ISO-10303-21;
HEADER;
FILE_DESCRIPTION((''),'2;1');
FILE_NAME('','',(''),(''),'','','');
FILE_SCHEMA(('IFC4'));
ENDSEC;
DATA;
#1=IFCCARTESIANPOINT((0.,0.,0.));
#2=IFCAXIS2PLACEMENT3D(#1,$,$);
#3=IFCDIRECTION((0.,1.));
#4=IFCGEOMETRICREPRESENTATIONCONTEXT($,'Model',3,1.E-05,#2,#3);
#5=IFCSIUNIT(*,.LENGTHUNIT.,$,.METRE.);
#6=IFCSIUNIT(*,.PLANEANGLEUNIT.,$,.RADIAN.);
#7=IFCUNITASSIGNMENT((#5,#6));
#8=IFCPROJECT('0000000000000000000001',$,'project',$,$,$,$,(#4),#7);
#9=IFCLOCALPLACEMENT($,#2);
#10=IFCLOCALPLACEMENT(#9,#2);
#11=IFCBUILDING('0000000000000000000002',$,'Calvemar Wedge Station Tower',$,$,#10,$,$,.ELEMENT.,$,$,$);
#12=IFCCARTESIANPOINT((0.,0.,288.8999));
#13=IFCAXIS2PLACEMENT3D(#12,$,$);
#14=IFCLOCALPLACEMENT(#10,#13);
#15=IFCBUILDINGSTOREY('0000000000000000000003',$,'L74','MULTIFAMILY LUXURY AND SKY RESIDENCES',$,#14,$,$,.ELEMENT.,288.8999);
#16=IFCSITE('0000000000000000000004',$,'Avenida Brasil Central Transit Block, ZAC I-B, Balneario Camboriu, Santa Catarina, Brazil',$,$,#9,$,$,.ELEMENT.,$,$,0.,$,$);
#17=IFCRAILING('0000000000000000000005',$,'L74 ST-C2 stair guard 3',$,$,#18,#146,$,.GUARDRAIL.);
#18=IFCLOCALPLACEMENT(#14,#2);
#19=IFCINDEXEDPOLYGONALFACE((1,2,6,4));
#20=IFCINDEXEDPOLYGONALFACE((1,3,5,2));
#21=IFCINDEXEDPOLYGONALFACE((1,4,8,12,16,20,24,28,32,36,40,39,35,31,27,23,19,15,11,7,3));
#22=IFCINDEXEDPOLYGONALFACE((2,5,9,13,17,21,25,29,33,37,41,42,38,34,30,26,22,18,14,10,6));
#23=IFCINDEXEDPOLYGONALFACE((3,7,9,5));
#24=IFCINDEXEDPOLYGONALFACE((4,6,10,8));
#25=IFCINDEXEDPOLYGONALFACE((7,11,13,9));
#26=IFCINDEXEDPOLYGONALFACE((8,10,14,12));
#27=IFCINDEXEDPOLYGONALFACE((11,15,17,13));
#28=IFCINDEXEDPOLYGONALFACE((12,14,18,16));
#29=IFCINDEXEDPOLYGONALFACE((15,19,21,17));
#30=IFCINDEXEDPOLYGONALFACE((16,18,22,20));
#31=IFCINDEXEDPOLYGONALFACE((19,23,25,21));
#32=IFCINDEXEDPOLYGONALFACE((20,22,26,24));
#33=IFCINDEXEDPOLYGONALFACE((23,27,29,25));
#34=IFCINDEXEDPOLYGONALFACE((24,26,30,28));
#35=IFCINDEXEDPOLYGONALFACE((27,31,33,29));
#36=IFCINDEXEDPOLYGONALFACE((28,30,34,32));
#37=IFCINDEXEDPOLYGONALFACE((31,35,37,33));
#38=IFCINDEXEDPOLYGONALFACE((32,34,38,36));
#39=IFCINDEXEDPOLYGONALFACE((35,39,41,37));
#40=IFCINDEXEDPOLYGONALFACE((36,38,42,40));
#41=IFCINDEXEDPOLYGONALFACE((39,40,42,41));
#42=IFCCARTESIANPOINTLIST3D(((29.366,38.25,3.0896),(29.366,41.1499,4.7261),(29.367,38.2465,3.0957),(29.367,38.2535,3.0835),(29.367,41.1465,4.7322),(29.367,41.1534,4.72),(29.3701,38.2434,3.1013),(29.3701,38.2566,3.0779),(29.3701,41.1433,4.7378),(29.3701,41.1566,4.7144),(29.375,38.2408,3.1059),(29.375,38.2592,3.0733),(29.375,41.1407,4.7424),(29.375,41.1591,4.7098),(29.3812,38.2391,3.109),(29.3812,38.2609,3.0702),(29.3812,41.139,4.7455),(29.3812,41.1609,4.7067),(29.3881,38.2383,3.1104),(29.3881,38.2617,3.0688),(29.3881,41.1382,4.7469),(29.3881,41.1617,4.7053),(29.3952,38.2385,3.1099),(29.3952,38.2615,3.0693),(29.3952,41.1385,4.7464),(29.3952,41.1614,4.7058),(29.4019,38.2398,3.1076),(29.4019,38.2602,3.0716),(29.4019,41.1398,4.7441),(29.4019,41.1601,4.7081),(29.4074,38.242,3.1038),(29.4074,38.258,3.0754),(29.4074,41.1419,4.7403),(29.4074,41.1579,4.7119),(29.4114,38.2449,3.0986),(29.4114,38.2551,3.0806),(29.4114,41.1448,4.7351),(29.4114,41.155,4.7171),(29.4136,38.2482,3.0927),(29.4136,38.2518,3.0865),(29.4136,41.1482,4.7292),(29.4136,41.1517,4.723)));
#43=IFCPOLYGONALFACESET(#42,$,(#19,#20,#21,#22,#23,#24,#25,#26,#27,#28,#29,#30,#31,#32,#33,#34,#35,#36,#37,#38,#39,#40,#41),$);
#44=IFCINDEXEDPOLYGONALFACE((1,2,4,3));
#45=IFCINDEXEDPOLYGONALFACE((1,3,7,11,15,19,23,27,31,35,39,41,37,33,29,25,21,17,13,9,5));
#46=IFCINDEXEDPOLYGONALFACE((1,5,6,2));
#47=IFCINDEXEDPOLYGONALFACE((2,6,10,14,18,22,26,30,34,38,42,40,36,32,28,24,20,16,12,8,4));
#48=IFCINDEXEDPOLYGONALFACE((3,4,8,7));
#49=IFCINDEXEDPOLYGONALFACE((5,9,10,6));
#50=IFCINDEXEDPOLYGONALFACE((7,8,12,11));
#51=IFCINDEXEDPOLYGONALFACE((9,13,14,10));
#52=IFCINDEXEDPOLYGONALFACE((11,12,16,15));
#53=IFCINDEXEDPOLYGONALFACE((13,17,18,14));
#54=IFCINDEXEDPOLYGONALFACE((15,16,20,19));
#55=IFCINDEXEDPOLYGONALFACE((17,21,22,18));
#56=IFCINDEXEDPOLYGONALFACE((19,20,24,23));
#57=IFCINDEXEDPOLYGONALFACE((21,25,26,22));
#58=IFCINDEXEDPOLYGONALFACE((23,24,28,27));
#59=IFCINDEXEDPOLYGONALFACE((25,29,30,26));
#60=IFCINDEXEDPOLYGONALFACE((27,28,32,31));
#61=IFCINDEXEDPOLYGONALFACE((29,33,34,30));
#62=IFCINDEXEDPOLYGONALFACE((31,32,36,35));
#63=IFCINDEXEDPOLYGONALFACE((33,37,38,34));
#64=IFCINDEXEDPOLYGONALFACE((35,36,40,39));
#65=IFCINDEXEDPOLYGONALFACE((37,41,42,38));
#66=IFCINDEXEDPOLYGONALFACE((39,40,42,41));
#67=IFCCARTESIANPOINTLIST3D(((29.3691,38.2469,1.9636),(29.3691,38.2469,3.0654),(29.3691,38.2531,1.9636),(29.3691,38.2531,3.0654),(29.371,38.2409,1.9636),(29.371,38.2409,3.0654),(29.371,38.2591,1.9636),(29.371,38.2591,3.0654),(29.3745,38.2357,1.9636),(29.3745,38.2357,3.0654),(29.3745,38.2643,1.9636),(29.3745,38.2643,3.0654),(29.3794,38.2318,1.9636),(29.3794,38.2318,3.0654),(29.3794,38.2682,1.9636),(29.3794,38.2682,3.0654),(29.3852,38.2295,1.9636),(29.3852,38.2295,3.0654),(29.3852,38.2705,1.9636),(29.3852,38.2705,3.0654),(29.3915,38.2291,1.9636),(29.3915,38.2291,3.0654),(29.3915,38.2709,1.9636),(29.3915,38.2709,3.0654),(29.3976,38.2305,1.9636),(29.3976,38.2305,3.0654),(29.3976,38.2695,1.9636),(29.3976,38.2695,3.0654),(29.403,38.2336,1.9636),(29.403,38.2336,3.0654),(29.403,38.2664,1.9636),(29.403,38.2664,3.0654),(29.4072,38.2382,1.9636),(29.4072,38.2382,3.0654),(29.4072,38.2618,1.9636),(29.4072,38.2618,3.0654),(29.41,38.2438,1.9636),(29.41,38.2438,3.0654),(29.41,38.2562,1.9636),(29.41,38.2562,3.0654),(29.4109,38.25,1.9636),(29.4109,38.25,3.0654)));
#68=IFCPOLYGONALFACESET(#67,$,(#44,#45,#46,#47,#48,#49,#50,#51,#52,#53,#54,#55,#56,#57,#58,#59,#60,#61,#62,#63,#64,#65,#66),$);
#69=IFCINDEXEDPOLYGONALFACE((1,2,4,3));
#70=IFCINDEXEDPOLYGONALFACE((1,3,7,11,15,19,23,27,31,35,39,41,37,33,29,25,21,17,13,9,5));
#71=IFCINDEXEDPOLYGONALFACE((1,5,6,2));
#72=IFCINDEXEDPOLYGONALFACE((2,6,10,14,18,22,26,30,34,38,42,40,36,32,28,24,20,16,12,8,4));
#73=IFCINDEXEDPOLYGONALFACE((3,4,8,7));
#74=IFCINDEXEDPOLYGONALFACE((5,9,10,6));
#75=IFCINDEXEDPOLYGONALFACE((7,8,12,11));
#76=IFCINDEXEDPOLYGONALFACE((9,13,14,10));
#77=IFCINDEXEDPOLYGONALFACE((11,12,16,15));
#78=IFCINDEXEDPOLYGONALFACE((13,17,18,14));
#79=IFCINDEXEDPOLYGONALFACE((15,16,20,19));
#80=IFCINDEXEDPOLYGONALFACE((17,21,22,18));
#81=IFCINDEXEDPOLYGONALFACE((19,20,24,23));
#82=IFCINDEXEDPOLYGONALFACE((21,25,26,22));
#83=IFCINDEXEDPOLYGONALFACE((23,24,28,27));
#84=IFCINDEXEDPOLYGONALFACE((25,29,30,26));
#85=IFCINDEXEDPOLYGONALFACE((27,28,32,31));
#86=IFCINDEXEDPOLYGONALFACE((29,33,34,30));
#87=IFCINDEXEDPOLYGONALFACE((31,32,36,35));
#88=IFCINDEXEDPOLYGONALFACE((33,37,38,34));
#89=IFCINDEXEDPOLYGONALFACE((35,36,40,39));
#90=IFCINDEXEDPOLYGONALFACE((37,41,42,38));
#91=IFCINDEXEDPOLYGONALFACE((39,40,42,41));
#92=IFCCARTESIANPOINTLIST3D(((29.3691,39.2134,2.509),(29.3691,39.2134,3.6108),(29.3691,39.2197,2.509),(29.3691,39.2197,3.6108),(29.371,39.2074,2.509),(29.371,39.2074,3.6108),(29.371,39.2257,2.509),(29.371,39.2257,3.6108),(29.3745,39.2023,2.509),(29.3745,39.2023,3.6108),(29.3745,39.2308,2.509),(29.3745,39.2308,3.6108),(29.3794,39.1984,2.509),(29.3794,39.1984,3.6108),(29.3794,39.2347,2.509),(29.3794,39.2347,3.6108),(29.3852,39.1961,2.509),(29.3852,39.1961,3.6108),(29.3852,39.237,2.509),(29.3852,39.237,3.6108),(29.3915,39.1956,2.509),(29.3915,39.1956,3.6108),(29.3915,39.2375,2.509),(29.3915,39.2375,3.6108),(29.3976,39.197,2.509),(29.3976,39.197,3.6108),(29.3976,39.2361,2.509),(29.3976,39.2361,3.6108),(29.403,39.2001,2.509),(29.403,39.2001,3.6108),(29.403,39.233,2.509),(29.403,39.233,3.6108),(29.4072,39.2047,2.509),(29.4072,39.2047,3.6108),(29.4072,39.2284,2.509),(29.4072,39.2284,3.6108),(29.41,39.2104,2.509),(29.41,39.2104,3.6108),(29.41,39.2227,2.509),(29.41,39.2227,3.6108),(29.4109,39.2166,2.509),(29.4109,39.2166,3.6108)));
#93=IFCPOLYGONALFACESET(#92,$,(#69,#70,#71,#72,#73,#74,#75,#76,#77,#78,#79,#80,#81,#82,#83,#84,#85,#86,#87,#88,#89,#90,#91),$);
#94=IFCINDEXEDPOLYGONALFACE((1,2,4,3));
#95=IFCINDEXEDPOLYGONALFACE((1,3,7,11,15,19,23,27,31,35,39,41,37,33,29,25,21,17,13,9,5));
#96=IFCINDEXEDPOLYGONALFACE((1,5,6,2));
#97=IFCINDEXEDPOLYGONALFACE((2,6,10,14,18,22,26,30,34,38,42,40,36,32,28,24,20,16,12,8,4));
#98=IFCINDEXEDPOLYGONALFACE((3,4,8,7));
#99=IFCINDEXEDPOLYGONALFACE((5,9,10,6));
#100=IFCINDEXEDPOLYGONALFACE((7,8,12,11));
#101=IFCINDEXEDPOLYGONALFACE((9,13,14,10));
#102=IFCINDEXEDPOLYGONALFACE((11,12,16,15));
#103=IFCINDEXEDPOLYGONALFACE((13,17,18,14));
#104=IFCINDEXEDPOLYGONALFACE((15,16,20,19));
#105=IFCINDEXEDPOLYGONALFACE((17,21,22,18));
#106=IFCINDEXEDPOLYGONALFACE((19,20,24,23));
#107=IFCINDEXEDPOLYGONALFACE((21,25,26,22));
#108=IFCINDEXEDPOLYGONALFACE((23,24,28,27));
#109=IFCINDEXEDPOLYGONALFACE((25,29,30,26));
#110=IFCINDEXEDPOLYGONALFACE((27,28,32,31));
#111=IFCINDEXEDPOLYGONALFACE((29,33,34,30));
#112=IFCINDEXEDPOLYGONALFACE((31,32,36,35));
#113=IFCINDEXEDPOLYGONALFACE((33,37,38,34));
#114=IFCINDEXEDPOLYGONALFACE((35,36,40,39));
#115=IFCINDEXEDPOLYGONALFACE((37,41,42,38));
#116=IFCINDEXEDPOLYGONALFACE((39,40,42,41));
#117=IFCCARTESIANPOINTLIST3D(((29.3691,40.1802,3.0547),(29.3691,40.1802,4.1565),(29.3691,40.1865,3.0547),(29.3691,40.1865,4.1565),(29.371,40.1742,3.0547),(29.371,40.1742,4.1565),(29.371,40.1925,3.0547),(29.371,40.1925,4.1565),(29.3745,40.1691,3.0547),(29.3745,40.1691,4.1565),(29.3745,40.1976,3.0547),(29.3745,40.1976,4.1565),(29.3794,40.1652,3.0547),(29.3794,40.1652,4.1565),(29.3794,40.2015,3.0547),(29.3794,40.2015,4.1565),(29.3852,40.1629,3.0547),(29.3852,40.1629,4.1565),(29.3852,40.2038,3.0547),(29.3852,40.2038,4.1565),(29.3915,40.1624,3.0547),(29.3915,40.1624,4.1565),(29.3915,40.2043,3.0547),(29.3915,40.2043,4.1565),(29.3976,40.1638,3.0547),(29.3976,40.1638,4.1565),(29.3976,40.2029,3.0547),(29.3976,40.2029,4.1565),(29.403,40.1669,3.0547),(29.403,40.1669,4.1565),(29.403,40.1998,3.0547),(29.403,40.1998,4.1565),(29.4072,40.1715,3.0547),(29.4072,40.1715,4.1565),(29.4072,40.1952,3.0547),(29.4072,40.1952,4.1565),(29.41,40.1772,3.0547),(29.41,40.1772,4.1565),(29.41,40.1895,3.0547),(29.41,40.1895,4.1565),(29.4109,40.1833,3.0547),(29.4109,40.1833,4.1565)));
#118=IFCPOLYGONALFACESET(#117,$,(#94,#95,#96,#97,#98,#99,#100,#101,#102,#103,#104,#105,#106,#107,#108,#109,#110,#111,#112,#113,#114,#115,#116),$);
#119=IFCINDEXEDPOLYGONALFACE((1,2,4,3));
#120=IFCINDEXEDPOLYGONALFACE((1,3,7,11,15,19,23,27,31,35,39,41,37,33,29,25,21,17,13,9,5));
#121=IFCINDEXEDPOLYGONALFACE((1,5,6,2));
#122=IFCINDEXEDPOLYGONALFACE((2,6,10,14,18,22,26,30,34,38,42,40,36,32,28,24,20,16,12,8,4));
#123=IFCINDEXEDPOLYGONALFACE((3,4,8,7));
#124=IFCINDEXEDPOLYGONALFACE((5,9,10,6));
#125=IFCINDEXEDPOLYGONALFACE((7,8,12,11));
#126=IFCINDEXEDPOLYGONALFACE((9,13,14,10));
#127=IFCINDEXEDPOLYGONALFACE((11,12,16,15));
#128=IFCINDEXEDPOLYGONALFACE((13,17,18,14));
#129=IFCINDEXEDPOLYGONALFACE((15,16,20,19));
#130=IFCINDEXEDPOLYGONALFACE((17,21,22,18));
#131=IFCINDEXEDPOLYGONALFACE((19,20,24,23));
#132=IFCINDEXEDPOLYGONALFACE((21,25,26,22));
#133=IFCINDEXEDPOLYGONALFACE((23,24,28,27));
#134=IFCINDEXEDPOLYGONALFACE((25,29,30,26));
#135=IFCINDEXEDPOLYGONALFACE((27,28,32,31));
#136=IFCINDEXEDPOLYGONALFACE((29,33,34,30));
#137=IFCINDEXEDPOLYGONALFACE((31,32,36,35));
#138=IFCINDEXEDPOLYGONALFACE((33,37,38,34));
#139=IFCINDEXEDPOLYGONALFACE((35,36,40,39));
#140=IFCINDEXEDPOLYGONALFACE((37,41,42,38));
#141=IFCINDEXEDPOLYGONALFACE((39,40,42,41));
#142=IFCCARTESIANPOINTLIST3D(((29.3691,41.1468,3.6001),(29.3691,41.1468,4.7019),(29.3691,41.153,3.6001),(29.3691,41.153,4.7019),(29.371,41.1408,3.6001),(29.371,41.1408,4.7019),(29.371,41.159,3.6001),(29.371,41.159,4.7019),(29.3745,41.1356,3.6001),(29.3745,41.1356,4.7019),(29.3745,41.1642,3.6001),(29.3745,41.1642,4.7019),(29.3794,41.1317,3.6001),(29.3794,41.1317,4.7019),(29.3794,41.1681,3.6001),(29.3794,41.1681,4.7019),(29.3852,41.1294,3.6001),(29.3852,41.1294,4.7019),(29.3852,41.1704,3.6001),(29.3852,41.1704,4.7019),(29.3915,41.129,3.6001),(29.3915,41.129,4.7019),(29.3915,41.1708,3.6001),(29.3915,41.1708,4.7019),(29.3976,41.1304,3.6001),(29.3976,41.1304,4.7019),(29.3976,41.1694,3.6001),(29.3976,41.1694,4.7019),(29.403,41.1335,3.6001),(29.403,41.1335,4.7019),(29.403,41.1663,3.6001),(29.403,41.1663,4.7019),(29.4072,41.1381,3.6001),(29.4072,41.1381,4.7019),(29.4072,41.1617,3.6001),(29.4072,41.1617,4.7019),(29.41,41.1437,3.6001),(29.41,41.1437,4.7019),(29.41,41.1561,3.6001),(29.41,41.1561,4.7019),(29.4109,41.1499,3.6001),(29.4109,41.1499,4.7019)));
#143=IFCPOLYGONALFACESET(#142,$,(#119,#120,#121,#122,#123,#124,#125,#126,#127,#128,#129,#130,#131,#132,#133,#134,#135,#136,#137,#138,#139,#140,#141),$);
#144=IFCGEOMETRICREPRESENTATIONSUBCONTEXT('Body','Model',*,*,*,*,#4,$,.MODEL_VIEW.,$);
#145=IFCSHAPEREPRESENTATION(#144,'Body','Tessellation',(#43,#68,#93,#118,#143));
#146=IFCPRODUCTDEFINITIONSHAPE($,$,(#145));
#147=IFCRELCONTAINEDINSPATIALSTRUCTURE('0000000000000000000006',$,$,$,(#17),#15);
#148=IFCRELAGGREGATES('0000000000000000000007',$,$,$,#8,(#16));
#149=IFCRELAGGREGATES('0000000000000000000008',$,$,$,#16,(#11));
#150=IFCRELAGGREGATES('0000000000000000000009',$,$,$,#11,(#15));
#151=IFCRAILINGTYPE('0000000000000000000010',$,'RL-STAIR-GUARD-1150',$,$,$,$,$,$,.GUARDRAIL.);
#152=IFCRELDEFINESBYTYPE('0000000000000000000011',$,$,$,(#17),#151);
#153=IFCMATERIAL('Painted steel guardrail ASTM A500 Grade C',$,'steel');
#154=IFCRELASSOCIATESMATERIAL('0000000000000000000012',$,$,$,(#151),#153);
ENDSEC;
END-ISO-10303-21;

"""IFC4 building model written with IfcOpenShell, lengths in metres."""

from ifc_helpers import new_model, si_unit, direction, frame, origin, origin_2d, place, context, subcontext, project, spatial, circle, extrude, material, type_object, element, save


model = new_model("IFC4")

# Units and contexts
model_context = context("Model", 3, precision=1e-05, world=origin(), true_north=direction((0.0, 1.0)))
body_context = subcontext(model_context, "Body", "Model", "MODEL_VIEW")
ifc_project = project(units=[si_unit("LENGTHUNIT", "METRE"), si_unit("PLANEANGLEUNIT", "RADIAN")], contexts=[model_context])

# Site, building, storey
site_placement = place(None, origin())
site = spatial("IfcSite", under=ifc_project, at=site_placement, Name="Avenida Brasil Central Transit Block, ZAC I-B, Balneario Camboriu, Santa Catarina, Brazil", CompositionType="ELEMENT", RefElevation=0.0)
building_placement = place(site_placement, origin())
building = spatial("IfcBuilding", under=site, at=building_placement, Name="Calvemar Wedge Station Tower", CompositionType="ELEMENT")
storey_placement = place(building_placement, frame((0.0, 0.0, 288.8999)))
storey = spatial("IfcBuildingStorey", under=building, at=storey_placement, Name="L74", Description="MULTIFAMILY LUXURY AND SKY RESIDENCES", CompositionType="ELEMENT", Elevation=288.8999)

# Railing
ifc_material_1 = material(Name="Painted steel guardrail ASTM A500 Grade C", Category="steel")
railing_type_1 = type_object("IfcRailingType", Name="RL-STAIR-GUARD-1150", PredefinedType="GUARDRAIL", material=ifc_material_1)
railing_1_placement = place(storey_placement, frame((29.3899, 38.25, 1.9636)))
element("IfcRailing", 1, at=railing_1_placement, inside=storey, type_object=railing_type_1, Name="L74 ST-C2 stair guard 3", PredefinedType="GUARDRAIL", context=body_context, shape_type="SweptSolid", body=[
    extrude(circle(Radius=0.0239, at=origin_2d()), frame((0.0, 0.0, 1.126), z_axis=(0.0, 0.870897, 0.491465), x_axis=(-1.0, 0.0, 0.0)), (0.0, 0.0, 1.0), 3.3298),
    extrude(circle(Radius=0.021, at=origin_2d()), origin(), (0.0, 0.0, 1.0), 1.1018),
    extrude(circle(Radius=0.021, at=origin_2d()), frame((0.0, 0.9666, 0.5454)), (0.0, 0.0, 1.0), 1.1018),
    extrude(circle(Radius=0.021, at=origin_2d()), frame((0.0, 1.9333, 1.0911)), (0.0, 0.0, 1.0), 1.1018),
    extrude(circle(Radius=0.021, at=origin_2d()), frame((0.0, 2.8999, 1.6365)), (0.0, 0.0, 1.0), 1.1018),
])

save(model, "model.ifc")
